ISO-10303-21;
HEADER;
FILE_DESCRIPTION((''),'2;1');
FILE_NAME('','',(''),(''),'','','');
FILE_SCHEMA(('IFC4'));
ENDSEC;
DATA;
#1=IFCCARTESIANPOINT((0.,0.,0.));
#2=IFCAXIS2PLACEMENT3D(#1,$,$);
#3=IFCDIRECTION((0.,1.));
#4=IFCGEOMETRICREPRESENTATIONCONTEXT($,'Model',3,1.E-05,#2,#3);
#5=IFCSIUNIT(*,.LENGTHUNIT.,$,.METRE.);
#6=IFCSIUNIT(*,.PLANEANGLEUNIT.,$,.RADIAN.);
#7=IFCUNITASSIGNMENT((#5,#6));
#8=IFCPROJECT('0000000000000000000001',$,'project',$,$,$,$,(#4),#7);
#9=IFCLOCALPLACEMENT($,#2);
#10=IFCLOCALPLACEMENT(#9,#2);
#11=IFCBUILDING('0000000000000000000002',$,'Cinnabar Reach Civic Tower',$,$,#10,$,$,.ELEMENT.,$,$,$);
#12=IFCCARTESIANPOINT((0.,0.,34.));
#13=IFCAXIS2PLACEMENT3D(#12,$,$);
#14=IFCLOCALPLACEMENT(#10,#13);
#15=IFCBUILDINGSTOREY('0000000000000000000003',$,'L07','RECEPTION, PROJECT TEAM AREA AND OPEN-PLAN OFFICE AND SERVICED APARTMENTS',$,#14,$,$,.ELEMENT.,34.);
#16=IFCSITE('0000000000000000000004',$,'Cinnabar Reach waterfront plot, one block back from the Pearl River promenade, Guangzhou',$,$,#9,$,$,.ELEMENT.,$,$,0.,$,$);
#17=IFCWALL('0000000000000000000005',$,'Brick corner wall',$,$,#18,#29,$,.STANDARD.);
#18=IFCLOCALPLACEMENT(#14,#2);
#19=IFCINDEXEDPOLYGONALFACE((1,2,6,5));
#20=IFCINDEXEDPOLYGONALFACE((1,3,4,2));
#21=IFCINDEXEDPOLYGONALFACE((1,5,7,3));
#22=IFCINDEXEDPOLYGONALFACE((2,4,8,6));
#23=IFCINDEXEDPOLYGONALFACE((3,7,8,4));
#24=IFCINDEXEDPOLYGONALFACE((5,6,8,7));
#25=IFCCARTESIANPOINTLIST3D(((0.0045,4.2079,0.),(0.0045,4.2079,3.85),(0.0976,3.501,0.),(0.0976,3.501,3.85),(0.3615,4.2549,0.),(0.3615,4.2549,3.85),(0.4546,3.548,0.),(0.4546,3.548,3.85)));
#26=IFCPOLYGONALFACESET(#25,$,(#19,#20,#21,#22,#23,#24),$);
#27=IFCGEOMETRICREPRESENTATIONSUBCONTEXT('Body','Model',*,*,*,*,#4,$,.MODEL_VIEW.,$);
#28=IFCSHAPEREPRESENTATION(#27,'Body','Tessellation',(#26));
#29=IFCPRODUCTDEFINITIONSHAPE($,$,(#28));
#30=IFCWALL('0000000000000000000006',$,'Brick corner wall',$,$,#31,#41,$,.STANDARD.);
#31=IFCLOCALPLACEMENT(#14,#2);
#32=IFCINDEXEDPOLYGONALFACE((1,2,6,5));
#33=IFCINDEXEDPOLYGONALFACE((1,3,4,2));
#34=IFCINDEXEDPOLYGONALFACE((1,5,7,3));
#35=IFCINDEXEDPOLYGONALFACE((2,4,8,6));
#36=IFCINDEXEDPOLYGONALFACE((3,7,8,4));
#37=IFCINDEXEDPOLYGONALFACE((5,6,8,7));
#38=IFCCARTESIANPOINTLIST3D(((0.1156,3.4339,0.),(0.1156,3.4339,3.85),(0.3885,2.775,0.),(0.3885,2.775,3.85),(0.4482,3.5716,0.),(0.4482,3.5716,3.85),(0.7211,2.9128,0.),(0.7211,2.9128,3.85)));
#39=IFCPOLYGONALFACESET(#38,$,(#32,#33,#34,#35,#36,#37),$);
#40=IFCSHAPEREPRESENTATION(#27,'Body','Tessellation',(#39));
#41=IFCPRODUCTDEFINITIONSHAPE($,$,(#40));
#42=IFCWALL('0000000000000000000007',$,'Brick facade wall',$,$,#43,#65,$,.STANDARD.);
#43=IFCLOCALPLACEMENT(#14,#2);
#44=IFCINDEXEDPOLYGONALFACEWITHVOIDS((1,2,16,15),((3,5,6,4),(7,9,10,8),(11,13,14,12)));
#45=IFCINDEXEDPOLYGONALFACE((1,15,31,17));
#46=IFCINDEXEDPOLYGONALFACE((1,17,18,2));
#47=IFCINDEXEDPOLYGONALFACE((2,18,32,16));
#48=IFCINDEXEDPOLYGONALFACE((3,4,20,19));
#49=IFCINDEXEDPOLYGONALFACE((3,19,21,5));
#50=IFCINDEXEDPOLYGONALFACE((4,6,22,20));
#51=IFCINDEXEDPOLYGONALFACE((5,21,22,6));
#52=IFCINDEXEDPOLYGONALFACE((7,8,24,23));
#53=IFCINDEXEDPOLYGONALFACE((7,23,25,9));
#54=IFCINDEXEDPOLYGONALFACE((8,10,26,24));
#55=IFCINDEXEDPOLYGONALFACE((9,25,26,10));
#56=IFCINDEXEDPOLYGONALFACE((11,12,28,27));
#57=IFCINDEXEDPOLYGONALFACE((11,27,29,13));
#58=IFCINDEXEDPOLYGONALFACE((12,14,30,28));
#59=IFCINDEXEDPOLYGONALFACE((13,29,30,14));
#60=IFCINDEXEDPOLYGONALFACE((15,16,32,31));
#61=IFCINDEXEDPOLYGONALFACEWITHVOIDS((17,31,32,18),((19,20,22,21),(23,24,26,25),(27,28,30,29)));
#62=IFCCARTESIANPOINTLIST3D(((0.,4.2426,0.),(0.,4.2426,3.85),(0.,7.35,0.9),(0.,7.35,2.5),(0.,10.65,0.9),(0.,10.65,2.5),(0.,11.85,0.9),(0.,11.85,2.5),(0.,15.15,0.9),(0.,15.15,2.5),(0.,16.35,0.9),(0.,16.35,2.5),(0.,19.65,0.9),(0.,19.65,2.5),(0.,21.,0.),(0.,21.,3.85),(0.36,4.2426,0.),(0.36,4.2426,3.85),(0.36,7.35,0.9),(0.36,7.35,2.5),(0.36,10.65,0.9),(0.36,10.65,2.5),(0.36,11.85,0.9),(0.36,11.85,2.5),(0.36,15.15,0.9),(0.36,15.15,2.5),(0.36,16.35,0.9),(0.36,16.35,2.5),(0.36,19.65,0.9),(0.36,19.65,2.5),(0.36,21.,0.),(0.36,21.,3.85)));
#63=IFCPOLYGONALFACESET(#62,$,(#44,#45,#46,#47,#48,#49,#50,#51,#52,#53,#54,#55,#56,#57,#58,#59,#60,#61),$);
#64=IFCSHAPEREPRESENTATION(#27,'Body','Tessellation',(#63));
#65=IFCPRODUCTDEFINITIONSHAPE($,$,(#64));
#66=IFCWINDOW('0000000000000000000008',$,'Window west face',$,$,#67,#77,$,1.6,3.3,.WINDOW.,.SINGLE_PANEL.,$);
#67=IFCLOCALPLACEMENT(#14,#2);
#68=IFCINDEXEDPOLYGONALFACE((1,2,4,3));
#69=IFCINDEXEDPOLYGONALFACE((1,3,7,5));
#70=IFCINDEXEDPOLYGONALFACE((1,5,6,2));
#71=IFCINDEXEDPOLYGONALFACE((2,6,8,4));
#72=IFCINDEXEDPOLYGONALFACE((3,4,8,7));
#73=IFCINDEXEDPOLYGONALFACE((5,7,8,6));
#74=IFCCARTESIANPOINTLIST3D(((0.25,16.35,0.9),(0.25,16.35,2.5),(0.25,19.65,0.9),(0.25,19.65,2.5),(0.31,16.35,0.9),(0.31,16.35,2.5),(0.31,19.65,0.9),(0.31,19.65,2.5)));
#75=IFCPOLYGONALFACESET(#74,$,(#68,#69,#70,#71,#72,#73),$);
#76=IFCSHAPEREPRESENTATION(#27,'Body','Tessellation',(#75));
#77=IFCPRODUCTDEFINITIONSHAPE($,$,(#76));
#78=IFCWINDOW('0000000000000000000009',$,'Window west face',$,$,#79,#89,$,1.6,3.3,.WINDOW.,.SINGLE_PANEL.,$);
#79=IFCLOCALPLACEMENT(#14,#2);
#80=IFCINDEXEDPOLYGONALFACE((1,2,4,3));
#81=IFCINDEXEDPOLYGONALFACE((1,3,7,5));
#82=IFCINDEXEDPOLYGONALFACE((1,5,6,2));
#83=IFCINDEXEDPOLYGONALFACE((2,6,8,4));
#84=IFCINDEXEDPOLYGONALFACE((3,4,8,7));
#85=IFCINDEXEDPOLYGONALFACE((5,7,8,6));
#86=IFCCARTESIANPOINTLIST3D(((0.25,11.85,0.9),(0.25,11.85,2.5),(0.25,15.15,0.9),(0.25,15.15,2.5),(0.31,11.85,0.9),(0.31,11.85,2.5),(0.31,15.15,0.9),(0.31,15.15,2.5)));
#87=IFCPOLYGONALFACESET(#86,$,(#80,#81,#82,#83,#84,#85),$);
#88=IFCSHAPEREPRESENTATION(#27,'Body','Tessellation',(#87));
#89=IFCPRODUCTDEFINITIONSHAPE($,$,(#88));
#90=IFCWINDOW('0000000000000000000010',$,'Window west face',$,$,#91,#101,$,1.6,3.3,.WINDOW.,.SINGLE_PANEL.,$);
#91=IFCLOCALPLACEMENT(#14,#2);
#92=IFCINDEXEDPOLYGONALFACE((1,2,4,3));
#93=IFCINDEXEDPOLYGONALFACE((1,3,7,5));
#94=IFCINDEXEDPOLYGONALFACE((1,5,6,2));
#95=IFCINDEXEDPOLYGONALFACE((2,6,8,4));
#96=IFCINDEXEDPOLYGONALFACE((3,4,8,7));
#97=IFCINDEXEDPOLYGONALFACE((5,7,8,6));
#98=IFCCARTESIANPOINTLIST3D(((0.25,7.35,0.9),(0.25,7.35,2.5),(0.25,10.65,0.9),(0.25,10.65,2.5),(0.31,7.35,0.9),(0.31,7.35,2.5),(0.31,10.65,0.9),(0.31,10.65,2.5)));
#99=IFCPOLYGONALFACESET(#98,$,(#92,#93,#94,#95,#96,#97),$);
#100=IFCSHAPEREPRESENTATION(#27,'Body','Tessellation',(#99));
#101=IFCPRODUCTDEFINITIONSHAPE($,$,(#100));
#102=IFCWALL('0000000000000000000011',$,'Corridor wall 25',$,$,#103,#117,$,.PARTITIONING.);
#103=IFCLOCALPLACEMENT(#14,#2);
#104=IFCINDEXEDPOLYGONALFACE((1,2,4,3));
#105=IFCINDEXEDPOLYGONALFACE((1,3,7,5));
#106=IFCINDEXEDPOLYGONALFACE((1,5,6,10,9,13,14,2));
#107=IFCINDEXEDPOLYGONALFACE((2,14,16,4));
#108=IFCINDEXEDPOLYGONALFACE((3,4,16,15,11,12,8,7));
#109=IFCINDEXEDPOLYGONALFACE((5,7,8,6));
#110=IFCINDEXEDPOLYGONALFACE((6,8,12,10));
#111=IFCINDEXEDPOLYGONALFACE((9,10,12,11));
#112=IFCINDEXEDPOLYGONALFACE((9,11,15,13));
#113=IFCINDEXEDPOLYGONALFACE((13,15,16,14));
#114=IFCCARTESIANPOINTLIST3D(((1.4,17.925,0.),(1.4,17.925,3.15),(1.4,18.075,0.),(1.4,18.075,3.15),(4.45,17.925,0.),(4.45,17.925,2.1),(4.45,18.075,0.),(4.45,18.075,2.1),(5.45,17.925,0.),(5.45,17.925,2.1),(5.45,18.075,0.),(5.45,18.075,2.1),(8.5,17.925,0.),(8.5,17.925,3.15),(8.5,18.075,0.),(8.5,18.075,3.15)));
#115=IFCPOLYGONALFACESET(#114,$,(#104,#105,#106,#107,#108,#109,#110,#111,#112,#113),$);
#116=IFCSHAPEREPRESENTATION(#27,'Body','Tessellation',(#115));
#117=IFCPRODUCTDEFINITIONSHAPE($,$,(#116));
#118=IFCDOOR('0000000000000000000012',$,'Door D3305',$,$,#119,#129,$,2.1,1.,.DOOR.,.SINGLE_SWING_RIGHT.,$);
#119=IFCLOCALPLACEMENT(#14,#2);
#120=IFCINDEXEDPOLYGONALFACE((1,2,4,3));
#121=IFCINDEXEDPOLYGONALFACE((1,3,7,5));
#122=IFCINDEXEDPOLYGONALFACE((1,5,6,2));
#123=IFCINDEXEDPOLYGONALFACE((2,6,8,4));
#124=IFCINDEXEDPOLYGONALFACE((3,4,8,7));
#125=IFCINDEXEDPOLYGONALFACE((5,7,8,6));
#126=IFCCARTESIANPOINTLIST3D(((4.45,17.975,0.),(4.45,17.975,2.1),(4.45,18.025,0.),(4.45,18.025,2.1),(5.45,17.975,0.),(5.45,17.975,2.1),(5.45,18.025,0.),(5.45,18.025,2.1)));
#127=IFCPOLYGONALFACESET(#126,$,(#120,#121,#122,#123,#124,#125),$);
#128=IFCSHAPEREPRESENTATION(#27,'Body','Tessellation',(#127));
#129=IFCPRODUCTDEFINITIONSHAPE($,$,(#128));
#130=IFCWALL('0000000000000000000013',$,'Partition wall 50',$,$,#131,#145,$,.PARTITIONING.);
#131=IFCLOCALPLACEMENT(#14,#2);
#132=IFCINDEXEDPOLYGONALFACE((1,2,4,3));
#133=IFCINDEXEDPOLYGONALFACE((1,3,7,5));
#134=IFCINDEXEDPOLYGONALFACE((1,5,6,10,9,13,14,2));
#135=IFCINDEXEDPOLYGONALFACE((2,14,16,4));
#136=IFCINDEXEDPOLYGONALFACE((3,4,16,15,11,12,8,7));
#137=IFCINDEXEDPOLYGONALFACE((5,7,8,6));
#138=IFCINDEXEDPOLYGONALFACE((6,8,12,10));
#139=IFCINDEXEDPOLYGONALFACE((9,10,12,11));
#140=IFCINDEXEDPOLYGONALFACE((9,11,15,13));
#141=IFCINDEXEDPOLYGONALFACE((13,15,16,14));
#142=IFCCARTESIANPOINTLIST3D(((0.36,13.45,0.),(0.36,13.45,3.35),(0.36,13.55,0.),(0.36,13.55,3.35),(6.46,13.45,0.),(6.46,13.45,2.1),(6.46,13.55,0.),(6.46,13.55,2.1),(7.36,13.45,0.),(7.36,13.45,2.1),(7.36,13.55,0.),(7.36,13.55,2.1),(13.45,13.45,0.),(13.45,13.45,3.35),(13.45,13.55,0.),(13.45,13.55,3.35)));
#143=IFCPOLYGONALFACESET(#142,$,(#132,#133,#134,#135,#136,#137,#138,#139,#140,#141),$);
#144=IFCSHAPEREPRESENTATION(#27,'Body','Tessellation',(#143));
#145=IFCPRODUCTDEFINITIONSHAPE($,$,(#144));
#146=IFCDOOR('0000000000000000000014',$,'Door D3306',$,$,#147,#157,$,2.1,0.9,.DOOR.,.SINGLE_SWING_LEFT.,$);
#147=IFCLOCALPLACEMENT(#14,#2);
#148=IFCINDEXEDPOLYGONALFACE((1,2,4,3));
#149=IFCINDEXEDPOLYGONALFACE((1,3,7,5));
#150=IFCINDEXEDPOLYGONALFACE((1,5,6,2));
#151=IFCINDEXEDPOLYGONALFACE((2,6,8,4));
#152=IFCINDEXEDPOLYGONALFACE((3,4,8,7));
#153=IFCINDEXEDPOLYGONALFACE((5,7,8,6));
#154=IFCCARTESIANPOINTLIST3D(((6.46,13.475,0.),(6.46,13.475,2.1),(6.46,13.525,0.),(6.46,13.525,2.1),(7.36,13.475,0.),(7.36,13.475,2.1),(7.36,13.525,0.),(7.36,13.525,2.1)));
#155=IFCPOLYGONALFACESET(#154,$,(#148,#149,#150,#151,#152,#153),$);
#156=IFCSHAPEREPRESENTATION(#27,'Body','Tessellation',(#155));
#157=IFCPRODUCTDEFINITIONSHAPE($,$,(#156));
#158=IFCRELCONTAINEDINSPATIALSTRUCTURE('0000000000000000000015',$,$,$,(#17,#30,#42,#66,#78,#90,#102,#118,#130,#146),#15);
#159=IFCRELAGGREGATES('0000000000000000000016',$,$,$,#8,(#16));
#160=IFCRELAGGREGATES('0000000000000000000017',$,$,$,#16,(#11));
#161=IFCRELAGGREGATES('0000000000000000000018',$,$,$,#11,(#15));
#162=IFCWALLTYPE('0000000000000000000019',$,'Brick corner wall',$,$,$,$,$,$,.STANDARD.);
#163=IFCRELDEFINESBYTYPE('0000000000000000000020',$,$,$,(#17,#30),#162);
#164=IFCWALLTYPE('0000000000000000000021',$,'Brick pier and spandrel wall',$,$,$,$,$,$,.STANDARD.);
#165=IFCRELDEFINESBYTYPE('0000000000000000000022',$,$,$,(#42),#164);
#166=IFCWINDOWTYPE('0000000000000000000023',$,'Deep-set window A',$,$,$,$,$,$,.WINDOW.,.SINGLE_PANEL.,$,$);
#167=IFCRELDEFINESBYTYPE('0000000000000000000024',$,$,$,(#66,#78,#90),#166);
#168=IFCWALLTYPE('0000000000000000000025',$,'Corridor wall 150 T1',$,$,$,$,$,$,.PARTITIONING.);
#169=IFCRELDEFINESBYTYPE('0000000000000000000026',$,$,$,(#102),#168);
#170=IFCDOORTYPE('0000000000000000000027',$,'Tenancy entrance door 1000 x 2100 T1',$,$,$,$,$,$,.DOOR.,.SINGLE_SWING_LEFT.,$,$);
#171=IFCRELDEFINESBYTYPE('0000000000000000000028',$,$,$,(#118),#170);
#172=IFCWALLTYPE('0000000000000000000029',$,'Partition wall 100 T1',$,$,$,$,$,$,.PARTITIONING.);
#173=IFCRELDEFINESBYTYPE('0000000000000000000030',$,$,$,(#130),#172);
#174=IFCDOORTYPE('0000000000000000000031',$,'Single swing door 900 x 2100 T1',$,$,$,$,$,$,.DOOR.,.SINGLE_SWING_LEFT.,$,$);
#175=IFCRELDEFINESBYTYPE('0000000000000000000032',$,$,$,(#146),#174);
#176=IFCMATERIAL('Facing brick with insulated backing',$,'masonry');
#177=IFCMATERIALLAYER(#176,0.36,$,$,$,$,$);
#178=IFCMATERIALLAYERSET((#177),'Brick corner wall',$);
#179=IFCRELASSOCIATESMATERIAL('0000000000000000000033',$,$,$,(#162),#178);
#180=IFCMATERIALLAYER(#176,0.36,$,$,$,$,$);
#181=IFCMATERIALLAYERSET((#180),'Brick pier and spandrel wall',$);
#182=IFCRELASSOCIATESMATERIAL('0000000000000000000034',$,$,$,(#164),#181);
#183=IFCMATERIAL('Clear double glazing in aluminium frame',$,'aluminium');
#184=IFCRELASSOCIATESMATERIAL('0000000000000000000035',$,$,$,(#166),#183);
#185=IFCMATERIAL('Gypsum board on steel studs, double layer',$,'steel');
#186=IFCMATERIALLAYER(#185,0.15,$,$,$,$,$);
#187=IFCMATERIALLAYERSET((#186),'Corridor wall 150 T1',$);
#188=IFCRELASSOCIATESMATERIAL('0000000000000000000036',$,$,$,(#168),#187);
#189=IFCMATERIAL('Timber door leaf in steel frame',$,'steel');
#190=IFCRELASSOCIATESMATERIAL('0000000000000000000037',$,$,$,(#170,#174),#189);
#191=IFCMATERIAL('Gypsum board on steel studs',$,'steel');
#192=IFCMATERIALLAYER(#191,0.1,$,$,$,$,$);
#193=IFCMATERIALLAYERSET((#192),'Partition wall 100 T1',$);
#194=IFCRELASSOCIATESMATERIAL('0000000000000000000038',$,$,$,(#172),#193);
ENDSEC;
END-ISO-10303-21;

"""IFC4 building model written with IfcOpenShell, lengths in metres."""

from ifc_helpers import new_model, si_unit, direction, frame, frame_2d, origin, place, context, subcontext, project, spatial, rectangle, extrude, material, layer, layer_set, type_object, element, fill, save


model = new_model("IFC4")

# Units and contexts
model_context = context("Model", 3, precision=1e-05, world=origin(), true_north=direction((0.0, 1.0)))
body_context = subcontext(model_context, "Body", "Model", "MODEL_VIEW")
ifc_project = project(units=[si_unit("LENGTHUNIT", "METRE"), si_unit("PLANEANGLEUNIT", "RADIAN")], contexts=[model_context])

# Site, building, storey
site_placement = place(None, origin())
site = spatial("IfcSite", under=ifc_project, at=site_placement, Name="Cinnabar Reach waterfront plot, one block back from the Pearl River promenade, Guangzhou", CompositionType="ELEMENT", RefElevation=0.0)
building_placement = place(site_placement, origin())
building = spatial("IfcBuilding", under=site, at=building_placement, Name="Cinnabar Reach Civic Tower", CompositionType="ELEMENT")
storey_placement = place(building_placement, frame((0.0, 0.0, 34.0)))
storey = spatial("IfcBuildingStorey", under=building, at=storey_placement, Name="L07", Description="RECEPTION, PROJECT TEAM AREA AND OPEN-PLAN OFFICE AND SERVICED APARTMENTS", CompositionType="ELEMENT", Elevation=34.0)

# Walls
ifc_material_1 = material(Name="Facing brick with insulated backing", Category="masonry")
ifc_layer_1 = layer(ifc_material_1, 0.36)
ifc_layer_set_1 = layer_set([ifc_layer_1], Name="Brick corner wall")
wall_type_1 = type_object("IfcWallType", Name="Brick corner wall", PredefinedType="STANDARD", material=ifc_layer_set_1)
for number, where, z_axis, x_axis, name in (
    (1, (0.183, 4.2314, 0.0), (0.0, 0.0, 1.0), (0.130556, -0.991441, 0.0), "Brick corner wall"),
    (2, (0.2819, 3.5027, 0.0), (0.0, 0.0, 1.0), (0.382703, -0.923872, 0.0), "Brick corner wall"),
):
    element("IfcWall", number, at=place(storey_placement, frame(where, z_axis=z_axis, x_axis=x_axis)), inside=storey, type_object=wall_type_1, Name=name, PredefinedType="STANDARD", context=body_context, shape_type="SweptSolid", body=[
        extrude(rectangle(XDim=0.7131, YDim=0.36, at=frame_2d((0.3565, 0.0))), origin(), (0.0, 0.0, 1.0), 3.85),
    ])

# Wall, openings, windows
ifc_layer_2 = layer(ifc_material_1, 0.36)
ifc_layer_set_2 = layer_set([ifc_layer_2], Name="Brick pier and spandrel wall")
wall_type_2 = type_object("IfcWallType", Name="Brick pier and spandrel wall", PredefinedType="STANDARD", material=ifc_layer_set_2)
wall_1_placement = place(storey_placement, frame((0.18, 21.0, 0.0), z_axis=(0.0, 0.0, 1.0), x_axis=(0.0, -1.0, 0.0)))
wall_1 = element("IfcWall", 3, at=wall_1_placement, inside=storey, type_object=wall_type_2, Name="Brick facade wall", PredefinedType="STANDARD", context=body_context, shape_type="SweptSolid", body=[
    extrude(rectangle(XDim=16.7574, YDim=0.36, at=frame_2d((8.3787, 0.0))), origin(), (0.0, 0.0, 1.0), 3.85),
])
opening_1_placement = place(wall_1_placement, frame((1.35, 0.0, 0.9)))
opening_1 = element("IfcOpeningElement", 4, at=opening_1_placement, cuts=wall_1, PredefinedType="OPENING", context=body_context, shape_type="SweptSolid", body=[
    extrude(rectangle(XDim=3.3, YDim=1.6, at=frame_2d((1.65, 0.8))), frame((0.0, 0.19, 0.0), z_axis=(0.0, -1.0, 0.0), x_axis=(1.0, 0.0, 0.0)), (0.0, 0.0, 1.0), 0.38),
])
opening_2_placement = place(wall_1_placement, frame((5.85, 0.0, 0.9)))
opening_2 = element("IfcOpeningElement", 5, at=opening_2_placement, cuts=wall_1, PredefinedType="OPENING", context=body_context, shape_type="SweptSolid", body=[
    extrude(rectangle(XDim=3.3, YDim=1.6, at=frame_2d((1.65, 0.8))), frame((0.0, 0.19, 0.0), z_axis=(0.0, -1.0, 0.0), x_axis=(1.0, 0.0, 0.0)), (0.0, 0.0, 1.0), 0.38),
])
opening_3_placement = place(wall_1_placement, frame((10.35, 0.0, 0.9)))
opening_3 = element("IfcOpeningElement", 6, at=opening_3_placement, cuts=wall_1, PredefinedType="OPENING", context=body_context, shape_type="SweptSolid", body=[
    extrude(rectangle(XDim=3.3, YDim=1.6, at=frame_2d((1.65, 0.8))), frame((0.0, 0.19, 0.0), z_axis=(0.0, -1.0, 0.0), x_axis=(1.0, 0.0, 0.0)), (0.0, 0.0, 1.0), 0.38),
])
ifc_material_2 = material(Name="Clear double glazing in aluminium frame", Category="aluminium")
window_type = type_object("IfcWindowType", Name="Deep-set window A", PartitioningType="SINGLE_PANEL", PredefinedType="WINDOW", material=ifc_material_2)
window_1_placement = place(opening_1_placement, origin())
window_1 = element("IfcWindow", 7, at=window_1_placement, inside=storey, type_object=window_type, Name="Window west face", OverallHeight=1.6, OverallWidth=3.3, PartitioningType="SINGLE_PANEL", PredefinedType="WINDOW", context=body_context, shape_type="SweptSolid", body=[
    extrude(rectangle(XDim=3.3, YDim=1.6, at=frame_2d((1.65, 0.8))), frame((0.0, 0.13, 0.0), z_axis=(0.0, -1.0, 0.0), x_axis=(1.0, 0.0, 0.0)), (0.0, 0.0, 1.0), 0.06),
])
fill(opening_1, window_1)
window_2_placement = place(opening_2_placement, origin())
window_2 = element("IfcWindow", 8, at=window_2_placement, inside=storey, type_object=window_type, Name="Window west face", OverallHeight=1.6, OverallWidth=3.3, PartitioningType="SINGLE_PANEL", PredefinedType="WINDOW", context=body_context, shape_type="SweptSolid", body=[
    extrude(rectangle(XDim=3.3, YDim=1.6, at=frame_2d((1.65, 0.8))), frame((0.0, 0.13, 0.0), z_axis=(0.0, -1.0, 0.0), x_axis=(1.0, 0.0, 0.0)), (0.0, 0.0, 1.0), 0.06),
])
fill(opening_2, window_2)
window_3_placement = place(opening_3_placement, origin())
window_3 = element("IfcWindow", 9, at=window_3_placement, inside=storey, type_object=window_type, Name="Window west face", OverallHeight=1.6, OverallWidth=3.3, PartitioningType="SINGLE_PANEL", PredefinedType="WINDOW", context=body_context, shape_type="SweptSolid", body=[
    extrude(rectangle(XDim=3.3, YDim=1.6, at=frame_2d((1.65, 0.8))), frame((0.0, 0.13, 0.0), z_axis=(0.0, -1.0, 0.0), x_axis=(1.0, 0.0, 0.0)), (0.0, 0.0, 1.0), 0.06),
])
fill(opening_3, window_3)

# Walls, openings, doors
ifc_material_3 = material(Name="Gypsum board on steel studs, double layer", Category="steel")
ifc_layer_3 = layer(ifc_material_3, 0.15)
ifc_layer_set_3 = layer_set([ifc_layer_3], Name="Corridor wall 150 T1")
wall_type_3 = type_object("IfcWallType", Name="Corridor wall 150 T1", PredefinedType="PARTITIONING", material=ifc_layer_set_3)
wall_2_placement = place(storey_placement, frame((1.4, 18.0, 0.0), z_axis=(0.0, 0.0, 1.0), x_axis=(1.0, 0.0, 0.0)))
wall_2 = element("IfcWall", 10, at=wall_2_placement, inside=storey, type_object=wall_type_3, Name="Corridor wall 25", PredefinedType="PARTITIONING", context=body_context, shape_type="SweptSolid", body=[
    extrude(rectangle(XDim=7.1, YDim=0.15, at=frame_2d((3.55, 0.0))), origin(), (0.0, 0.0, 1.0), 3.15),
])
opening_4_placement = place(wall_2_placement, frame((3.05, 0.0, 0.0)))
opening_4 = element("IfcOpeningElement", 11, at=opening_4_placement, cuts=wall_2, PredefinedType="OPENING", context=body_context, shape_type="SweptSolid", body=[
    extrude(rectangle(XDim=1.0, YDim=2.1, at=frame_2d((0.5, 1.05))), frame((0.0, 0.085, 0.0), z_axis=(0.0, -1.0, 0.0), x_axis=(1.0, 0.0, 0.0)), (0.0, 0.0, 1.0), 0.17),
])
ifc_material_4 = material(Name="Timber door leaf in steel frame", Category="steel")
door_type_1 = type_object("IfcDoorType", Name="Tenancy entrance door 1000 x 2100 T1", OperationType="SINGLE_SWING_LEFT", PredefinedType="DOOR", material=ifc_material_4)
door_1_placement = place(opening_4_placement, frame((1.0, 0.0, 0.0), z_axis=(0.0, 0.0, 1.0), x_axis=(-1.0, 0.0, 0.0)))
door_1 = element("IfcDoor", 12, at=door_1_placement, inside=storey, type_object=door_type_1, Name="Door D3305", OperationType="SINGLE_SWING_RIGHT", OverallHeight=2.1, OverallWidth=1.0, PredefinedType="DOOR", context=body_context, shape_type="SweptSolid", body=[
    extrude(rectangle(XDim=1.0, YDim=2.1, at=frame_2d((0.5, 1.05))), frame((0.0, 0.025, 0.0), z_axis=(0.0, -1.0, 0.0), x_axis=(1.0, 0.0, 0.0)), (0.0, 0.0, 1.0), 0.05),
])
fill(opening_4, door_1)
ifc_material_5 = material(Name="Gypsum board on steel studs", Category="steel")
ifc_layer_4 = layer(ifc_material_5, 0.1)
ifc_layer_set_4 = layer_set([ifc_layer_4], Name="Partition wall 100 T1")
wall_type_4 = type_object("IfcWallType", Name="Partition wall 100 T1", PredefinedType="PARTITIONING", material=ifc_layer_set_4)
wall_3_placement = place(storey_placement, frame((0.36, 13.5, 0.0), z_axis=(0.0, 0.0, 1.0), x_axis=(1.0, 0.0, 0.0)))
wall_3 = element("IfcWall", 13, at=wall_3_placement, inside=storey, type_object=wall_type_4, Name="Partition wall 50", PredefinedType="PARTITIONING", context=body_context, shape_type="SweptSolid", body=[
    extrude(rectangle(XDim=13.09, YDim=0.1, at=frame_2d((6.545, 0.0))), origin(), (0.0, 0.0, 1.0), 3.35),
])
opening_5_placement = place(wall_3_placement, frame((6.1, 0.0, 0.0)))
opening_5 = element("IfcOpeningElement", 14, at=opening_5_placement, cuts=wall_3, PredefinedType="OPENING", context=body_context, shape_type="SweptSolid", body=[
    extrude(rectangle(XDim=0.9, YDim=2.1, at=frame_2d((0.45, 1.05))), frame((0.0, 0.06, 0.0), z_axis=(0.0, -1.0, 0.0), x_axis=(1.0, 0.0, 0.0)), (0.0, 0.0, 1.0), 0.12),
])
door_type_2 = type_object("IfcDoorType", Name="Single swing door 900 x 2100 T1", OperationType="SINGLE_SWING_LEFT", PredefinedType="DOOR", material=ifc_material_4)
door_2_placement = place(opening_5_placement, origin())
door_2 = element("IfcDoor", 15, at=door_2_placement, inside=storey, type_object=door_type_2, Name="Door D3306", OperationType="SINGLE_SWING_LEFT", OverallHeight=2.1, OverallWidth=0.9, PredefinedType="DOOR", context=body_context, shape_type="SweptSolid", body=[
    extrude(rectangle(XDim=0.9, YDim=2.1, at=frame_2d((0.45, 1.05))), frame((0.0, 0.025, 0.0), z_axis=(0.0, -1.0, 0.0), x_axis=(1.0, 0.0, 0.0)), (0.0, 0.0, 1.0), 0.05),
])
fill(opening_5, door_2)

save(model, "model.ifc")
